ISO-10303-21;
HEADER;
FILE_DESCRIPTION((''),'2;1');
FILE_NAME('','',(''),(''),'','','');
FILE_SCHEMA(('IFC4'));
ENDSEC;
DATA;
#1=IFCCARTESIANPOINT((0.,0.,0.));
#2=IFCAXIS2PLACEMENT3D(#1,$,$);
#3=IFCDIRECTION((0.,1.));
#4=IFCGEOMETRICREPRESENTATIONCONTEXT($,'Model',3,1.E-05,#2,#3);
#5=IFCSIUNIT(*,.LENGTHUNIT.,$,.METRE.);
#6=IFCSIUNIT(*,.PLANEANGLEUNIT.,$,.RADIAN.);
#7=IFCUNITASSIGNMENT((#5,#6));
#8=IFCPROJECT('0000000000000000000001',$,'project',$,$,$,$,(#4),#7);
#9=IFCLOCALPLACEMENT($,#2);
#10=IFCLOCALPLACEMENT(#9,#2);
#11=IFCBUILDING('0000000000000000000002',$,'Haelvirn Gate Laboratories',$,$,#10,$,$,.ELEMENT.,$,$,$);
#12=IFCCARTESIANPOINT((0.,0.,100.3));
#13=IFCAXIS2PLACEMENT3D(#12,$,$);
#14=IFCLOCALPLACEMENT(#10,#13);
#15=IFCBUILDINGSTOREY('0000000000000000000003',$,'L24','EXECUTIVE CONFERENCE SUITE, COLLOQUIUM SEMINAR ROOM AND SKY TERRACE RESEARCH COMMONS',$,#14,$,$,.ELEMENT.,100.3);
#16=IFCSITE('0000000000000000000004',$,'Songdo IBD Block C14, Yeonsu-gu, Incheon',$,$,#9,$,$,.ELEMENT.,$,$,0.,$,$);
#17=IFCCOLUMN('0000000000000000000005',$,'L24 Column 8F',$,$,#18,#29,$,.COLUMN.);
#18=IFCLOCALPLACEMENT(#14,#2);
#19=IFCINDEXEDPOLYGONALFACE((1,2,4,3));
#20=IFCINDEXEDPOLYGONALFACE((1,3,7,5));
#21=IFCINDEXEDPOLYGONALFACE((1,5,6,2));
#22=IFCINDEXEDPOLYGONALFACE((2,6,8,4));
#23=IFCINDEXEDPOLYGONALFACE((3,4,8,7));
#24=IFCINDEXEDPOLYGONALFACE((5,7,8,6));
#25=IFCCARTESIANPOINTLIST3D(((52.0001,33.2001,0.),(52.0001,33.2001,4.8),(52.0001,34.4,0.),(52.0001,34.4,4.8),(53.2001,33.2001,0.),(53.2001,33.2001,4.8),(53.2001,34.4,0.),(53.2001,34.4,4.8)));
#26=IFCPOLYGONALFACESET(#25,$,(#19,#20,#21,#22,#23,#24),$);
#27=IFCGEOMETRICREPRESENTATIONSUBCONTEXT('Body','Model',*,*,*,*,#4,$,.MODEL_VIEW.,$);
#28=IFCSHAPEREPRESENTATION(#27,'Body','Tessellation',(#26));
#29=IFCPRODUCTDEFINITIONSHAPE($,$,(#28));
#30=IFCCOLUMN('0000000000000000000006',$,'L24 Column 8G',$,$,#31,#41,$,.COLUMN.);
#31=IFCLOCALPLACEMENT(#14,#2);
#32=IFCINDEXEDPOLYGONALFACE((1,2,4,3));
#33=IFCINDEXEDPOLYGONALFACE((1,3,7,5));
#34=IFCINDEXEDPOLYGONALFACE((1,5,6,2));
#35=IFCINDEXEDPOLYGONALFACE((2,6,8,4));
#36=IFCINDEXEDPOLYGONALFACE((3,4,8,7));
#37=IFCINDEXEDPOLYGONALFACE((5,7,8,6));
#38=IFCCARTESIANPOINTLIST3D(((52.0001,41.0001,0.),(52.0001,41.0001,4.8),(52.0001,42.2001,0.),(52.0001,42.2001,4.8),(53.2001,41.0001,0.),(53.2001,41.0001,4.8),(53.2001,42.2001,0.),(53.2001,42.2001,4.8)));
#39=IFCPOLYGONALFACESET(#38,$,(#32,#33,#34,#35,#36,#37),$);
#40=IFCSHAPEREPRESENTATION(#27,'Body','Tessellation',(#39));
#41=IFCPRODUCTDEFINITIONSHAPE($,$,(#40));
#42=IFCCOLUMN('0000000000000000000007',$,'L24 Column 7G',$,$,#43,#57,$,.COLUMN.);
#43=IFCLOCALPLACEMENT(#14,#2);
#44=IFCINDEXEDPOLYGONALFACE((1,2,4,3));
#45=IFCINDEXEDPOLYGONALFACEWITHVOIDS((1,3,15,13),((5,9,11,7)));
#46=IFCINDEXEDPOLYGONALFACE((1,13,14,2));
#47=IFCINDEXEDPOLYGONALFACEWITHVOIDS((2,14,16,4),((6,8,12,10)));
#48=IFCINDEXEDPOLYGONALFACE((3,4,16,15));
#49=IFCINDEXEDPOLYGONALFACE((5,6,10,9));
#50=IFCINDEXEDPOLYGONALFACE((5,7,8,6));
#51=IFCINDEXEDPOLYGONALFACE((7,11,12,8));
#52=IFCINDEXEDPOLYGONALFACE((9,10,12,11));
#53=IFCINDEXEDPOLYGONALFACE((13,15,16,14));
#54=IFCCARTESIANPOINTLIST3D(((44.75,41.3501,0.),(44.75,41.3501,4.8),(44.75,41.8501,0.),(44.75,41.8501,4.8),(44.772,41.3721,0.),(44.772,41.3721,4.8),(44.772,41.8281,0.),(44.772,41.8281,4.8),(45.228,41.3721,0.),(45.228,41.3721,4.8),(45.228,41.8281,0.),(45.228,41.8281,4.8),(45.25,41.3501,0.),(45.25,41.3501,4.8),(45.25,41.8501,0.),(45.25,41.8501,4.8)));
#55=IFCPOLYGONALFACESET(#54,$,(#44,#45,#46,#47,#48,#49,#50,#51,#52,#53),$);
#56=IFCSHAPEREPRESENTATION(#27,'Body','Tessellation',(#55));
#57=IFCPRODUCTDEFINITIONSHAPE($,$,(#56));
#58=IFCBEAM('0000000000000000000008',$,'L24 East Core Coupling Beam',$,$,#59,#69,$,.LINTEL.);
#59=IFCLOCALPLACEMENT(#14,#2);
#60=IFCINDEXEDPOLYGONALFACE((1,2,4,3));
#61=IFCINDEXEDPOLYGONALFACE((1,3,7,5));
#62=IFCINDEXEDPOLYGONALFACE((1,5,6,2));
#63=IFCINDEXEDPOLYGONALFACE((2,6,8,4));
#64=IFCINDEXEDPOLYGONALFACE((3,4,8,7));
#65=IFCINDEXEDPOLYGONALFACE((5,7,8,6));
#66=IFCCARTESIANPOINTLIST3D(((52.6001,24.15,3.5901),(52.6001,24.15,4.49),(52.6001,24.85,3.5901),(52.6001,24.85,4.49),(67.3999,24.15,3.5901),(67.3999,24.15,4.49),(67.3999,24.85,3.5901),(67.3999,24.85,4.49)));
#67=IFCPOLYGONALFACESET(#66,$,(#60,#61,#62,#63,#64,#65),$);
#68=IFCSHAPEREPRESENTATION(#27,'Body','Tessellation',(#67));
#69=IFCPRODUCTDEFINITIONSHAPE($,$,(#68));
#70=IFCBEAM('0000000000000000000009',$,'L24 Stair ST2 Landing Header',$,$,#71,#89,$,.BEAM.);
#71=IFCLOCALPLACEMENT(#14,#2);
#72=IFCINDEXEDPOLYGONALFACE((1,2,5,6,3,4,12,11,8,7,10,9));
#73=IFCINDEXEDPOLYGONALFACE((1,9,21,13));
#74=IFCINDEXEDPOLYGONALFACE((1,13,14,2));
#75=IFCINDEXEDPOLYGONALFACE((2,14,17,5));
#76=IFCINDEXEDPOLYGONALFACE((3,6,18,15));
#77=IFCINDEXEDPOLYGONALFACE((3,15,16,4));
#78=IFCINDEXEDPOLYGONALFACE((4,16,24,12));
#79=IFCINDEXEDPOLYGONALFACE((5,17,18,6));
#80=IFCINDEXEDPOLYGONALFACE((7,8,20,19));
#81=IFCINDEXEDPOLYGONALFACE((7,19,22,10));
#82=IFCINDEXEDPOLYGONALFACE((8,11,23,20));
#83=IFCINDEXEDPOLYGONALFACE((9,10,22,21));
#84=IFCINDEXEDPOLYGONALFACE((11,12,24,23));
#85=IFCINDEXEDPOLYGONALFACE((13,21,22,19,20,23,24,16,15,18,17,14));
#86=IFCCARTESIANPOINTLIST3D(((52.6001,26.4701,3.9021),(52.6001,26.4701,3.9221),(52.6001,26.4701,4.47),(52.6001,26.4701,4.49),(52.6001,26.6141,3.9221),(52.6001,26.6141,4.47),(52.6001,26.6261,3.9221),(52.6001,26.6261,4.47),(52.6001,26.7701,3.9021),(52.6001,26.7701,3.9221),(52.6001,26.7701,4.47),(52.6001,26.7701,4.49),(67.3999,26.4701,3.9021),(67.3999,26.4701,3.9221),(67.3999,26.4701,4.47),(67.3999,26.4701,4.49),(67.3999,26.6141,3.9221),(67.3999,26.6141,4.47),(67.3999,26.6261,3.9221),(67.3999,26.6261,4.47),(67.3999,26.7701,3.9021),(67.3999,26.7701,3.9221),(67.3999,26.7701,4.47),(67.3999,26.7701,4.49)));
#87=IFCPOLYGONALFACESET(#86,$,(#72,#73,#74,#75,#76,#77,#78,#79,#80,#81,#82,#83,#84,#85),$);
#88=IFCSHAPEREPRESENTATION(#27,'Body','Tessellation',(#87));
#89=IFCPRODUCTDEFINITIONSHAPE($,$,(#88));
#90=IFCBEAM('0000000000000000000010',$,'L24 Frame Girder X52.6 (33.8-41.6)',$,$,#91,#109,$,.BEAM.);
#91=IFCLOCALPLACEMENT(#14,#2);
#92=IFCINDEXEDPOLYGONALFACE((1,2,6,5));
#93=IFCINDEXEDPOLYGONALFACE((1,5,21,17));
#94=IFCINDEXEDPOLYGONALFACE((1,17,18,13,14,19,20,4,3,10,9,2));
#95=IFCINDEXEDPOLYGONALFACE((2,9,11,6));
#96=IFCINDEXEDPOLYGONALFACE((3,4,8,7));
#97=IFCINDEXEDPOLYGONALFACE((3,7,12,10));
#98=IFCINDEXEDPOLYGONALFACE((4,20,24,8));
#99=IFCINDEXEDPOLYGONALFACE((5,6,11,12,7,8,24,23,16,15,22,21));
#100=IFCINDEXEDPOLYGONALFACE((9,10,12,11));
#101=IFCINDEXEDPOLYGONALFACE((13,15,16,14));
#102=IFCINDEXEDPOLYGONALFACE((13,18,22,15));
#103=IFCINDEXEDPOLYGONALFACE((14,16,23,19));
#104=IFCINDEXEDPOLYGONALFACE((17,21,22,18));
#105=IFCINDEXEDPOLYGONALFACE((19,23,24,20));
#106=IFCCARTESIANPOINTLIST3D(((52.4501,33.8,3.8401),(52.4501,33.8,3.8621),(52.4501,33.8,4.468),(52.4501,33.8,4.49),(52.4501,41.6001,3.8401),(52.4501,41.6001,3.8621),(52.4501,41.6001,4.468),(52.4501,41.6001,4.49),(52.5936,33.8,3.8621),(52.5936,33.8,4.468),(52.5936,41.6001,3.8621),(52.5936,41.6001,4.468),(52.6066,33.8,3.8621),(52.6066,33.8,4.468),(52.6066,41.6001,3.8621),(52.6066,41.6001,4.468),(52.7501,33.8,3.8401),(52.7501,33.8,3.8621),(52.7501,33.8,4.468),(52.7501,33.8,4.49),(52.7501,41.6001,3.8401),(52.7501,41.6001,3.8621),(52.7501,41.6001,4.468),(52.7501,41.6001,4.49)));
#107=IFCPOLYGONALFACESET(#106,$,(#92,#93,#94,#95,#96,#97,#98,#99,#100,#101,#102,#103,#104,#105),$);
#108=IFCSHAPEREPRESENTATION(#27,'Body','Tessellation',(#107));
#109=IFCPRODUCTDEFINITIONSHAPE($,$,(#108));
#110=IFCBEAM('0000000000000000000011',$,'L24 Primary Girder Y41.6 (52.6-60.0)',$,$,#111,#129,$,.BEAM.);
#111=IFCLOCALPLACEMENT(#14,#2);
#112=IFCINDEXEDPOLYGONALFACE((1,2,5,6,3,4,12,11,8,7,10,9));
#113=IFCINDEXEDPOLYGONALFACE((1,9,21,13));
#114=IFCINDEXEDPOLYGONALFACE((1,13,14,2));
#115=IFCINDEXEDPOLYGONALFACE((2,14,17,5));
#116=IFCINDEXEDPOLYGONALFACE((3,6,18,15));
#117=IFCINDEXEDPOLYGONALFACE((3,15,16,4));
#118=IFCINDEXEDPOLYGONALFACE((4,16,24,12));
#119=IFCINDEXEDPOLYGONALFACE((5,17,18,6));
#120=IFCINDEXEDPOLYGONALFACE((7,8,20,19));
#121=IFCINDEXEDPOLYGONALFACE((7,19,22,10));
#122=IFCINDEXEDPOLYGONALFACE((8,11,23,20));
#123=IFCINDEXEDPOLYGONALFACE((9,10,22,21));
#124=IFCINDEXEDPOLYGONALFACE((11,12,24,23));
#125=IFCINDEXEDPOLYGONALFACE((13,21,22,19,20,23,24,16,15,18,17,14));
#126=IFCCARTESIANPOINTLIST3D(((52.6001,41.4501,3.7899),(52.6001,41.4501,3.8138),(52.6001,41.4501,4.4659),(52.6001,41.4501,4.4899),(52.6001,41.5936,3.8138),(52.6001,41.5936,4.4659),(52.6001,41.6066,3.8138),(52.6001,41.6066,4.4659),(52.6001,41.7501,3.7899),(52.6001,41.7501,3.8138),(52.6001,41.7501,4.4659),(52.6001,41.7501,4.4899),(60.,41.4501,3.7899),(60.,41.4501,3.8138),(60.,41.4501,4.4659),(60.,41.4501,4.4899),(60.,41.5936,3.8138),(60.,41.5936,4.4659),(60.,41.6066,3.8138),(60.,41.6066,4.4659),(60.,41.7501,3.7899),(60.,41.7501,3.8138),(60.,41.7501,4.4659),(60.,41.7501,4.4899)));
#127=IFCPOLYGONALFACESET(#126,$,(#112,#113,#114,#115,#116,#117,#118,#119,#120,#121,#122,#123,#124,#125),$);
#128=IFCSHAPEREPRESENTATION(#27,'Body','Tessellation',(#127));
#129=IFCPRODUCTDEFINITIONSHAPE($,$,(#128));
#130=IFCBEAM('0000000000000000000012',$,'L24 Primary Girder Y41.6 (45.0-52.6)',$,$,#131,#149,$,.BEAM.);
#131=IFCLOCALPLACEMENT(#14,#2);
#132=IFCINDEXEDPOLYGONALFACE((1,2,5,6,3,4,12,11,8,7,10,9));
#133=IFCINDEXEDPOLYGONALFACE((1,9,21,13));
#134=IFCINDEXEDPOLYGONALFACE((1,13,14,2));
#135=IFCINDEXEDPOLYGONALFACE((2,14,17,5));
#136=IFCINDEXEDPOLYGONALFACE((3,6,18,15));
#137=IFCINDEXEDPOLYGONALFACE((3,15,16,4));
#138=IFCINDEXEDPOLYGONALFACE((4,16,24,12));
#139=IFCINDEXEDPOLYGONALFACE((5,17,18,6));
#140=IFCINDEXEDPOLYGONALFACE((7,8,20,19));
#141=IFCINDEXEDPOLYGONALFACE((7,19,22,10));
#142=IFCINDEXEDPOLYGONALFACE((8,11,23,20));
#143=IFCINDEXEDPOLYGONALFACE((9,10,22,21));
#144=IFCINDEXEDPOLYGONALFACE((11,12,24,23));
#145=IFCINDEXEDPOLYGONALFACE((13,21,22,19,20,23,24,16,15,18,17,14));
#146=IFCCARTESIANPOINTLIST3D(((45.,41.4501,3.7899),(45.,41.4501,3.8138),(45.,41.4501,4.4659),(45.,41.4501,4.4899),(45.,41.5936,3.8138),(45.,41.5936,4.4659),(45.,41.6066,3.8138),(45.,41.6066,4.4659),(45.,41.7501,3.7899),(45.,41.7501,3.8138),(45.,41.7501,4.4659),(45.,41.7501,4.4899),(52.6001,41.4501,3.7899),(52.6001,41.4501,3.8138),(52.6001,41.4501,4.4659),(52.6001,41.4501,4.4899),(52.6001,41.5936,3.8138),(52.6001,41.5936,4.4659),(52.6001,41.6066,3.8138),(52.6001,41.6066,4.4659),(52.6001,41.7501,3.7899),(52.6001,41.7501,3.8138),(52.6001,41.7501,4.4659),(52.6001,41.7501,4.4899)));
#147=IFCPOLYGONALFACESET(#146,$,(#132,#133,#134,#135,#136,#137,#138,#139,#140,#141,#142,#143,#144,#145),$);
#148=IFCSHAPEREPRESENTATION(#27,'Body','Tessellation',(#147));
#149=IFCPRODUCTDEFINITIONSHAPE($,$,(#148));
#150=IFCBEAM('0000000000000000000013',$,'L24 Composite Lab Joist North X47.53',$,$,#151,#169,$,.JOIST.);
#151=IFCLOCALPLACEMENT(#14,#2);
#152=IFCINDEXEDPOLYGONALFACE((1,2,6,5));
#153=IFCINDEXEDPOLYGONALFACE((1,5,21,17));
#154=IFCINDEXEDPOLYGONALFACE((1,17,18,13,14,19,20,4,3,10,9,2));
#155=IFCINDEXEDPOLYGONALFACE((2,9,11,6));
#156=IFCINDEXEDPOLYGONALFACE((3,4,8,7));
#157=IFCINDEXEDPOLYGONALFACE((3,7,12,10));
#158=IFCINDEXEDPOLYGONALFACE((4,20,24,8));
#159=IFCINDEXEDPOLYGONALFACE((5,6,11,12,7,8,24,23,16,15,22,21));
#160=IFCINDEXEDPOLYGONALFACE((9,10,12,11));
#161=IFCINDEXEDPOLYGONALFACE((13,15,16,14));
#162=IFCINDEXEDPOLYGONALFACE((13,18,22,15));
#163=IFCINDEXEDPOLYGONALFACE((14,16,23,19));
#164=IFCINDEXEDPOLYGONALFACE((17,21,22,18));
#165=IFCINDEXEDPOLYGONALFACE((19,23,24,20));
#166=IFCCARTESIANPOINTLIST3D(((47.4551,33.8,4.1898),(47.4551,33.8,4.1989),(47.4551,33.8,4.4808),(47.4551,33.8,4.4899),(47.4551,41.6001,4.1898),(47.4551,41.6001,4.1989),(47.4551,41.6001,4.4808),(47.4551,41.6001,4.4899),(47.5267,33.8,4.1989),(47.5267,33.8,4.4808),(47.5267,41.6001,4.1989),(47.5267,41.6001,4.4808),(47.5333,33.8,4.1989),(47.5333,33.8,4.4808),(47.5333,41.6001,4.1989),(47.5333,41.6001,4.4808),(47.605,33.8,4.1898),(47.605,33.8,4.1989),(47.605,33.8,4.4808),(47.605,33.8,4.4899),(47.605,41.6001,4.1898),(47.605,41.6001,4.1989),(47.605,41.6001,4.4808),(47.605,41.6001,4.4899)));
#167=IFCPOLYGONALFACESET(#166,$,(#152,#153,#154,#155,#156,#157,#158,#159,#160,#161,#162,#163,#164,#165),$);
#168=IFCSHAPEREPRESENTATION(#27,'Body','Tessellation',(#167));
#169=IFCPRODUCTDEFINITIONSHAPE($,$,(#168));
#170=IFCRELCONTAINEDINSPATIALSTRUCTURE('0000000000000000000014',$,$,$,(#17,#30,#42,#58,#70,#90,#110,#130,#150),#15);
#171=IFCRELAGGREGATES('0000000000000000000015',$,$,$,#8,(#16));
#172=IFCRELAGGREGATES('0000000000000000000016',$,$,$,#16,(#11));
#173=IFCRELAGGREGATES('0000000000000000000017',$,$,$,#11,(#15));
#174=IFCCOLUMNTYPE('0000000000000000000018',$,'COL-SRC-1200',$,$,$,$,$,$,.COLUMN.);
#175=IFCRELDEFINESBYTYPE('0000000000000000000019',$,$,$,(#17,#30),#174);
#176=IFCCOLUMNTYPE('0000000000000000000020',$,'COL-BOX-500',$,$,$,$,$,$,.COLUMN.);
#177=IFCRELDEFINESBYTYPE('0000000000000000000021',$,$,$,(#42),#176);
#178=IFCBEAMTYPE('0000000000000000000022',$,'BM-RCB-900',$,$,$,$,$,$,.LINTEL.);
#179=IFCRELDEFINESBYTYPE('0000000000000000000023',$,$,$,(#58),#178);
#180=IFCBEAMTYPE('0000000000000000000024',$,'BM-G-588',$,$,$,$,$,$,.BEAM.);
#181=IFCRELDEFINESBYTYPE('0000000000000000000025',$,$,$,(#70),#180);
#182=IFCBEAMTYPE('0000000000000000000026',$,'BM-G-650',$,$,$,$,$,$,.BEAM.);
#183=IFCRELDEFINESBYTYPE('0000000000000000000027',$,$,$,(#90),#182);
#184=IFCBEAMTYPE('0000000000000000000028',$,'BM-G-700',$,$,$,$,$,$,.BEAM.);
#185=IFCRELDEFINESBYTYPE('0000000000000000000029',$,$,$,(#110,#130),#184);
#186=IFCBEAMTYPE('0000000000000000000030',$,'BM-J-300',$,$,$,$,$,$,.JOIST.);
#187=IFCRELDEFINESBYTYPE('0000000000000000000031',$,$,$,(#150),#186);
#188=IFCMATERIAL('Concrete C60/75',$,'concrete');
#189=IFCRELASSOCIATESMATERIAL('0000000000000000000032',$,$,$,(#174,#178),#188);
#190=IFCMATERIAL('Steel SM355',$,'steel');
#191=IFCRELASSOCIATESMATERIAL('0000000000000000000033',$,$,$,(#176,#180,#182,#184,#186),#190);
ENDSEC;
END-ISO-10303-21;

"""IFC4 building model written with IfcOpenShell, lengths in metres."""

from ifc_helpers import new_model, si_unit, direction, frame, origin, origin_2d, place, context, subcontext, project, spatial, rectangle, hollow_rectangle, i_section, extrude, source, transform, mapped, material, material_profile, profile_set, type_object, type_shapes, element, save


model = new_model("IFC4")

# Units and contexts
model_context = context("Model", 3, precision=1e-05, world=origin(), true_north=direction((0.0, 1.0)))
body_context = subcontext(model_context, "Body", "Model", "MODEL_VIEW")
ifc_project = project(units=[si_unit("LENGTHUNIT", "METRE"), si_unit("PLANEANGLEUNIT", "RADIAN")], contexts=[model_context])

# Site, building, storey
site_placement = place(None, origin())
site = spatial("IfcSite", under=ifc_project, at=site_placement, Name="Songdo IBD Block C14, Yeonsu-gu, Incheon", CompositionType="ELEMENT", RefElevation=0.0)
building_placement = place(site_placement, origin())
building = spatial("IfcBuilding", under=site, at=building_placement, Name="Haelvirn Gate Laboratories", CompositionType="ELEMENT")
storey_placement = place(building_placement, frame((0.0, 0.0, 100.3)))
storey = spatial("IfcBuildingStorey", under=building, at=storey_placement, Name="L24", Description="EXECUTIVE CONFERENCE SUITE, COLLOQUIUM SEMINAR ROOM AND SKY TERRACE RESEARCH COMMONS", CompositionType="ELEMENT", Elevation=100.3)

# Columns
ifc_material_1 = material(Name="Concrete C60/75", Category="concrete")
ifc_material_profile_1 = material_profile(ifc_material_1, rectangle(XDim=1.2, YDim=1.2, at=origin_2d()), Name="SRC-1200x1200")
ifc_profile_set_1 = profile_set([ifc_material_profile_1], Name="Concrete C60/75")
column_type_1 = type_object("IfcColumnType", Name="COL-SRC-1200", PredefinedType="COLUMN", material=ifc_profile_set_1)
shared_shape_1 = source(origin(), body_context, "Body", "SweptSolid", [
    extrude(rectangle(XDim=1.2, YDim=1.2, at=origin_2d()), origin(), (0.0, 0.0, 1.0), 4.8),
])
type_shapes(column_type_1, [shared_shape_1])
for number, where, z_axis, x_axis, name in (
    (1, (52.6001, 33.8, 0.0), (0.0, 0.0, 1.0), (1.0, 0.0, 0.0), "L24 Column 8F"),
    (2, (52.6001, 41.6001, 0.0), (0.0, 0.0, 1.0), (1.0, 0.0, 0.0), "L24 Column 8G"),
):
    element("IfcColumn", number, at=place(storey_placement, frame(where, z_axis=z_axis, x_axis=x_axis)), inside=storey, type_object=column_type_1, Name=name, PredefinedType="COLUMN", context=body_context, shape_type="MappedRepresentation", body=[
        mapped(shared_shape_1, transform((0.0, 0.0, 0.0), scale=1.0)),
    ])
ifc_material_2 = material(Name="Steel SM355", Category="steel")
ifc_material_profile_2 = material_profile(ifc_material_2, hollow_rectangle(XDim=0.5, YDim=0.5, WallThickness=0.022, at=origin_2d()), Name="BOX-500x500x22")
ifc_profile_set_2 = profile_set([ifc_material_profile_2], Name="Steel SM355")
column_type_2 = type_object("IfcColumnType", Name="COL-BOX-500", PredefinedType="COLUMN", material=ifc_profile_set_2)
shared_shape_2 = source(origin(), body_context, "Body", "SweptSolid", [
    extrude(hollow_rectangle(XDim=0.5, YDim=0.5, WallThickness=0.022, at=origin_2d()), origin(), (0.0, 0.0, 1.0), 4.8),
])
type_shapes(column_type_2, [shared_shape_2])
column_placement = place(storey_placement, frame((45.0, 41.6001, 0.0), z_axis=(0.0, 0.0, 1.0), x_axis=(1.0, 0.0, 0.0)))
element("IfcColumn", 3, at=column_placement, inside=storey, type_object=column_type_2, Name="L24 Column 7G", PredefinedType="COLUMN", context=body_context, shape_type="MappedRepresentation", body=[
    mapped(shared_shape_2, transform((0.0, 0.0, 0.0), scale=1.0)),
])

# Beams
ifc_material_profile_3 = material_profile(ifc_material_1, rectangle(XDim=0.7, YDim=0.8999, at=origin_2d()), Name="RCB-700x900")
ifc_profile_set_3 = profile_set([ifc_material_profile_3], Name="Concrete C60/75")
beam_type_1 = type_object("IfcBeamType", Name="BM-RCB-900", PredefinedType="LINTEL", material=ifc_profile_set_3)
shared_shape_3 = source(origin(), body_context, "Body", "SweptSolid", [
    extrude(rectangle(XDim=0.7, YDim=0.8999, at=origin_2d()), origin(), (0.0, 0.0, 1.0), 14.7998),
])
type_shapes(beam_type_1, [shared_shape_3])
beam_1_placement = place(storey_placement, frame((52.6001, 24.5, 4.04), z_axis=(1.0, 0.0, 0.0), x_axis=(0.0, 1.0, 0.0)))
element("IfcBeam", 4, at=beam_1_placement, inside=storey, type_object=beam_type_1, Name="L24 East Core Coupling Beam", PredefinedType="LINTEL", context=body_context, shape_type="MappedRepresentation", body=[
    mapped(shared_shape_3, transform((0.0, 0.0, 0.0), scale=1.0)),
])
ifc_material_profile_4 = material_profile(ifc_material_2, i_section(OverallWidth=0.3, OverallDepth=0.5879, WebThickness=0.012, FlangeThickness=0.02, at=origin_2d()), Name="H-588x300x12x20")
ifc_profile_set_4 = profile_set([ifc_material_profile_4], Name="Steel SM355")
beam_type_2 = type_object("IfcBeamType", Name="BM-G-588", PredefinedType="BEAM", material=ifc_profile_set_4)
shared_shape_4 = source(origin(), body_context, "Body", "SweptSolid", [
    extrude(i_section(OverallWidth=0.3, OverallDepth=0.5879, WebThickness=0.012, FlangeThickness=0.02, at=origin_2d()), origin(), (0.0, 0.0, 1.0), 14.7998),
])
type_shapes(beam_type_2, [shared_shape_4])
beam_2_placement = place(storey_placement, frame((52.6001, 26.6201, 4.196), z_axis=(1.0, 0.0, 0.0), x_axis=(0.0, 1.0, 0.0)))
element("IfcBeam", 5, at=beam_2_placement, inside=storey, type_object=beam_type_2, Name="L24 Stair ST2 Landing Header", PredefinedType="BEAM", context=body_context, shape_type="MappedRepresentation", body=[
    mapped(shared_shape_4, transform((0.0, 0.0, 0.0), scale=1.0)),
])
ifc_material_profile_5 = material_profile(ifc_material_2, i_section(OverallWidth=0.3, OverallDepth=0.6499, WebThickness=0.0129, FlangeThickness=0.022, at=origin_2d()), Name="H-650x300x13x22")
ifc_profile_set_5 = profile_set([ifc_material_profile_5], Name="Steel SM355")
beam_type_3 = type_object("IfcBeamType", Name="BM-G-650", PredefinedType="BEAM", material=ifc_profile_set_5)
shared_shape_5 = source(origin(), body_context, "Body", "SweptSolid", [
    extrude(i_section(OverallWidth=0.3, OverallDepth=0.6499, WebThickness=0.0129, FlangeThickness=0.022, at=origin_2d()), origin(), (0.0, 0.0, 1.0), 7.8),
])
type_shapes(beam_type_3, [shared_shape_5])
beam_3_placement = place(storey_placement, frame((52.6001, 33.8, 4.165), z_axis=(0.0, 1.0, 0.0), x_axis=(-1.0, 0.0, 0.0)))
element("IfcBeam", 6, at=beam_3_placement, inside=storey, type_object=beam_type_3, Name="L24 Frame Girder X52.6 (33.8-41.6)", PredefinedType="BEAM", context=body_context, shape_type="MappedRepresentation", body=[
    mapped(shared_shape_5, transform((0.0, 0.0, 0.0), scale=1.0)),
])
ifc_material_profile_6 = material_profile(ifc_material_2, i_section(OverallWidth=0.3, OverallDepth=0.7, WebThickness=0.0129, FlangeThickness=0.0239, at=origin_2d()), Name="H-700x300x13x24")
ifc_profile_set_6 = profile_set([ifc_material_profile_6], Name="Steel SM355")
beam_type_4 = type_object("IfcBeamType", Name="BM-G-700", PredefinedType="BEAM", material=ifc_profile_set_6)
shared_shape_6 = source(origin(), body_context, "Body", "SweptSolid", [
    extrude(i_section(OverallWidth=0.3, OverallDepth=0.7, WebThickness=0.0129, FlangeThickness=0.0239, at=origin_2d()), origin(), (0.0, 0.0, 1.0), 7.3999),
])
beam_4_placement = place(storey_placement, frame((52.6001, 41.6001, 4.1399), z_axis=(1.0, 0.0, 0.0), x_axis=(0.0, 1.0, 0.0)))
element("IfcBeam", 7, at=beam_4_placement, inside=storey, type_object=beam_type_4, Name="L24 Primary Girder Y41.6 (52.6-60.0)", PredefinedType="BEAM", context=body_context, shape_type="MappedRepresentation", body=[
    mapped(shared_shape_6, transform((0.0, 0.0, 0.0), scale=1.0)),
])
shared_shape_7 = source(origin(), body_context, "Body", "SweptSolid", [
    extrude(i_section(OverallWidth=0.3, OverallDepth=0.7, WebThickness=0.0129, FlangeThickness=0.0239, at=origin_2d()), origin(), (0.0, 0.0, 1.0), 7.6001),
])
type_shapes(beam_type_4, [shared_shape_6, shared_shape_7])
beam_5_placement = place(storey_placement, frame((45.0, 41.6001, 4.1399), z_axis=(1.0, 0.0, 0.0), x_axis=(0.0, 1.0, 0.0)))
element("IfcBeam", 8, at=beam_5_placement, inside=storey, type_object=beam_type_4, Name="L24 Primary Girder Y41.6 (45.0-52.6)", PredefinedType="BEAM", context=body_context, shape_type="MappedRepresentation", body=[
    mapped(shared_shape_7, transform((0.0, 0.0, 0.0), scale=1.0)),
])
ifc_material_profile_7 = material_profile(ifc_material_2, i_section(OverallWidth=0.1499, OverallDepth=0.3, WebThickness=0.0066, FlangeThickness=0.009, at=origin_2d()), Name="H-300x150x6.5x9")
ifc_profile_set_7 = profile_set([ifc_material_profile_7], Name="Steel SM355")
beam_type_5 = type_object("IfcBeamType", Name="BM-J-300", PredefinedType="JOIST", material=ifc_profile_set_7)
shared_shape_8 = source(origin(), body_context, "Body", "SweptSolid", [
    extrude(i_section(OverallWidth=0.1499, OverallDepth=0.3, WebThickness=0.0066, FlangeThickness=0.009, at=origin_2d()), origin(), (0.0, 0.0, 1.0), 7.8),
])
type_shapes(beam_type_5, [shared_shape_8])
for number, where, z_axis, x_axis, name in (
    (9, (47.53, 33.8, 4.3398), (0.0, 1.0, 0.0), (-1.0, 0.0, 0.0), "L24 Composite Lab Joist North X47.53"),
):
    element("IfcBeam", number, at=place(storey_placement, frame(where, z_axis=z_axis, x_axis=x_axis)), inside=storey, type_object=beam_type_5, Name=name, PredefinedType="JOIST", context=body_context, shape_type="MappedRepresentation", body=[
        mapped(shared_shape_8, transform((0.0, 0.0, 0.0), scale=1.0)),
    ])

save(model, "model.ifc")
